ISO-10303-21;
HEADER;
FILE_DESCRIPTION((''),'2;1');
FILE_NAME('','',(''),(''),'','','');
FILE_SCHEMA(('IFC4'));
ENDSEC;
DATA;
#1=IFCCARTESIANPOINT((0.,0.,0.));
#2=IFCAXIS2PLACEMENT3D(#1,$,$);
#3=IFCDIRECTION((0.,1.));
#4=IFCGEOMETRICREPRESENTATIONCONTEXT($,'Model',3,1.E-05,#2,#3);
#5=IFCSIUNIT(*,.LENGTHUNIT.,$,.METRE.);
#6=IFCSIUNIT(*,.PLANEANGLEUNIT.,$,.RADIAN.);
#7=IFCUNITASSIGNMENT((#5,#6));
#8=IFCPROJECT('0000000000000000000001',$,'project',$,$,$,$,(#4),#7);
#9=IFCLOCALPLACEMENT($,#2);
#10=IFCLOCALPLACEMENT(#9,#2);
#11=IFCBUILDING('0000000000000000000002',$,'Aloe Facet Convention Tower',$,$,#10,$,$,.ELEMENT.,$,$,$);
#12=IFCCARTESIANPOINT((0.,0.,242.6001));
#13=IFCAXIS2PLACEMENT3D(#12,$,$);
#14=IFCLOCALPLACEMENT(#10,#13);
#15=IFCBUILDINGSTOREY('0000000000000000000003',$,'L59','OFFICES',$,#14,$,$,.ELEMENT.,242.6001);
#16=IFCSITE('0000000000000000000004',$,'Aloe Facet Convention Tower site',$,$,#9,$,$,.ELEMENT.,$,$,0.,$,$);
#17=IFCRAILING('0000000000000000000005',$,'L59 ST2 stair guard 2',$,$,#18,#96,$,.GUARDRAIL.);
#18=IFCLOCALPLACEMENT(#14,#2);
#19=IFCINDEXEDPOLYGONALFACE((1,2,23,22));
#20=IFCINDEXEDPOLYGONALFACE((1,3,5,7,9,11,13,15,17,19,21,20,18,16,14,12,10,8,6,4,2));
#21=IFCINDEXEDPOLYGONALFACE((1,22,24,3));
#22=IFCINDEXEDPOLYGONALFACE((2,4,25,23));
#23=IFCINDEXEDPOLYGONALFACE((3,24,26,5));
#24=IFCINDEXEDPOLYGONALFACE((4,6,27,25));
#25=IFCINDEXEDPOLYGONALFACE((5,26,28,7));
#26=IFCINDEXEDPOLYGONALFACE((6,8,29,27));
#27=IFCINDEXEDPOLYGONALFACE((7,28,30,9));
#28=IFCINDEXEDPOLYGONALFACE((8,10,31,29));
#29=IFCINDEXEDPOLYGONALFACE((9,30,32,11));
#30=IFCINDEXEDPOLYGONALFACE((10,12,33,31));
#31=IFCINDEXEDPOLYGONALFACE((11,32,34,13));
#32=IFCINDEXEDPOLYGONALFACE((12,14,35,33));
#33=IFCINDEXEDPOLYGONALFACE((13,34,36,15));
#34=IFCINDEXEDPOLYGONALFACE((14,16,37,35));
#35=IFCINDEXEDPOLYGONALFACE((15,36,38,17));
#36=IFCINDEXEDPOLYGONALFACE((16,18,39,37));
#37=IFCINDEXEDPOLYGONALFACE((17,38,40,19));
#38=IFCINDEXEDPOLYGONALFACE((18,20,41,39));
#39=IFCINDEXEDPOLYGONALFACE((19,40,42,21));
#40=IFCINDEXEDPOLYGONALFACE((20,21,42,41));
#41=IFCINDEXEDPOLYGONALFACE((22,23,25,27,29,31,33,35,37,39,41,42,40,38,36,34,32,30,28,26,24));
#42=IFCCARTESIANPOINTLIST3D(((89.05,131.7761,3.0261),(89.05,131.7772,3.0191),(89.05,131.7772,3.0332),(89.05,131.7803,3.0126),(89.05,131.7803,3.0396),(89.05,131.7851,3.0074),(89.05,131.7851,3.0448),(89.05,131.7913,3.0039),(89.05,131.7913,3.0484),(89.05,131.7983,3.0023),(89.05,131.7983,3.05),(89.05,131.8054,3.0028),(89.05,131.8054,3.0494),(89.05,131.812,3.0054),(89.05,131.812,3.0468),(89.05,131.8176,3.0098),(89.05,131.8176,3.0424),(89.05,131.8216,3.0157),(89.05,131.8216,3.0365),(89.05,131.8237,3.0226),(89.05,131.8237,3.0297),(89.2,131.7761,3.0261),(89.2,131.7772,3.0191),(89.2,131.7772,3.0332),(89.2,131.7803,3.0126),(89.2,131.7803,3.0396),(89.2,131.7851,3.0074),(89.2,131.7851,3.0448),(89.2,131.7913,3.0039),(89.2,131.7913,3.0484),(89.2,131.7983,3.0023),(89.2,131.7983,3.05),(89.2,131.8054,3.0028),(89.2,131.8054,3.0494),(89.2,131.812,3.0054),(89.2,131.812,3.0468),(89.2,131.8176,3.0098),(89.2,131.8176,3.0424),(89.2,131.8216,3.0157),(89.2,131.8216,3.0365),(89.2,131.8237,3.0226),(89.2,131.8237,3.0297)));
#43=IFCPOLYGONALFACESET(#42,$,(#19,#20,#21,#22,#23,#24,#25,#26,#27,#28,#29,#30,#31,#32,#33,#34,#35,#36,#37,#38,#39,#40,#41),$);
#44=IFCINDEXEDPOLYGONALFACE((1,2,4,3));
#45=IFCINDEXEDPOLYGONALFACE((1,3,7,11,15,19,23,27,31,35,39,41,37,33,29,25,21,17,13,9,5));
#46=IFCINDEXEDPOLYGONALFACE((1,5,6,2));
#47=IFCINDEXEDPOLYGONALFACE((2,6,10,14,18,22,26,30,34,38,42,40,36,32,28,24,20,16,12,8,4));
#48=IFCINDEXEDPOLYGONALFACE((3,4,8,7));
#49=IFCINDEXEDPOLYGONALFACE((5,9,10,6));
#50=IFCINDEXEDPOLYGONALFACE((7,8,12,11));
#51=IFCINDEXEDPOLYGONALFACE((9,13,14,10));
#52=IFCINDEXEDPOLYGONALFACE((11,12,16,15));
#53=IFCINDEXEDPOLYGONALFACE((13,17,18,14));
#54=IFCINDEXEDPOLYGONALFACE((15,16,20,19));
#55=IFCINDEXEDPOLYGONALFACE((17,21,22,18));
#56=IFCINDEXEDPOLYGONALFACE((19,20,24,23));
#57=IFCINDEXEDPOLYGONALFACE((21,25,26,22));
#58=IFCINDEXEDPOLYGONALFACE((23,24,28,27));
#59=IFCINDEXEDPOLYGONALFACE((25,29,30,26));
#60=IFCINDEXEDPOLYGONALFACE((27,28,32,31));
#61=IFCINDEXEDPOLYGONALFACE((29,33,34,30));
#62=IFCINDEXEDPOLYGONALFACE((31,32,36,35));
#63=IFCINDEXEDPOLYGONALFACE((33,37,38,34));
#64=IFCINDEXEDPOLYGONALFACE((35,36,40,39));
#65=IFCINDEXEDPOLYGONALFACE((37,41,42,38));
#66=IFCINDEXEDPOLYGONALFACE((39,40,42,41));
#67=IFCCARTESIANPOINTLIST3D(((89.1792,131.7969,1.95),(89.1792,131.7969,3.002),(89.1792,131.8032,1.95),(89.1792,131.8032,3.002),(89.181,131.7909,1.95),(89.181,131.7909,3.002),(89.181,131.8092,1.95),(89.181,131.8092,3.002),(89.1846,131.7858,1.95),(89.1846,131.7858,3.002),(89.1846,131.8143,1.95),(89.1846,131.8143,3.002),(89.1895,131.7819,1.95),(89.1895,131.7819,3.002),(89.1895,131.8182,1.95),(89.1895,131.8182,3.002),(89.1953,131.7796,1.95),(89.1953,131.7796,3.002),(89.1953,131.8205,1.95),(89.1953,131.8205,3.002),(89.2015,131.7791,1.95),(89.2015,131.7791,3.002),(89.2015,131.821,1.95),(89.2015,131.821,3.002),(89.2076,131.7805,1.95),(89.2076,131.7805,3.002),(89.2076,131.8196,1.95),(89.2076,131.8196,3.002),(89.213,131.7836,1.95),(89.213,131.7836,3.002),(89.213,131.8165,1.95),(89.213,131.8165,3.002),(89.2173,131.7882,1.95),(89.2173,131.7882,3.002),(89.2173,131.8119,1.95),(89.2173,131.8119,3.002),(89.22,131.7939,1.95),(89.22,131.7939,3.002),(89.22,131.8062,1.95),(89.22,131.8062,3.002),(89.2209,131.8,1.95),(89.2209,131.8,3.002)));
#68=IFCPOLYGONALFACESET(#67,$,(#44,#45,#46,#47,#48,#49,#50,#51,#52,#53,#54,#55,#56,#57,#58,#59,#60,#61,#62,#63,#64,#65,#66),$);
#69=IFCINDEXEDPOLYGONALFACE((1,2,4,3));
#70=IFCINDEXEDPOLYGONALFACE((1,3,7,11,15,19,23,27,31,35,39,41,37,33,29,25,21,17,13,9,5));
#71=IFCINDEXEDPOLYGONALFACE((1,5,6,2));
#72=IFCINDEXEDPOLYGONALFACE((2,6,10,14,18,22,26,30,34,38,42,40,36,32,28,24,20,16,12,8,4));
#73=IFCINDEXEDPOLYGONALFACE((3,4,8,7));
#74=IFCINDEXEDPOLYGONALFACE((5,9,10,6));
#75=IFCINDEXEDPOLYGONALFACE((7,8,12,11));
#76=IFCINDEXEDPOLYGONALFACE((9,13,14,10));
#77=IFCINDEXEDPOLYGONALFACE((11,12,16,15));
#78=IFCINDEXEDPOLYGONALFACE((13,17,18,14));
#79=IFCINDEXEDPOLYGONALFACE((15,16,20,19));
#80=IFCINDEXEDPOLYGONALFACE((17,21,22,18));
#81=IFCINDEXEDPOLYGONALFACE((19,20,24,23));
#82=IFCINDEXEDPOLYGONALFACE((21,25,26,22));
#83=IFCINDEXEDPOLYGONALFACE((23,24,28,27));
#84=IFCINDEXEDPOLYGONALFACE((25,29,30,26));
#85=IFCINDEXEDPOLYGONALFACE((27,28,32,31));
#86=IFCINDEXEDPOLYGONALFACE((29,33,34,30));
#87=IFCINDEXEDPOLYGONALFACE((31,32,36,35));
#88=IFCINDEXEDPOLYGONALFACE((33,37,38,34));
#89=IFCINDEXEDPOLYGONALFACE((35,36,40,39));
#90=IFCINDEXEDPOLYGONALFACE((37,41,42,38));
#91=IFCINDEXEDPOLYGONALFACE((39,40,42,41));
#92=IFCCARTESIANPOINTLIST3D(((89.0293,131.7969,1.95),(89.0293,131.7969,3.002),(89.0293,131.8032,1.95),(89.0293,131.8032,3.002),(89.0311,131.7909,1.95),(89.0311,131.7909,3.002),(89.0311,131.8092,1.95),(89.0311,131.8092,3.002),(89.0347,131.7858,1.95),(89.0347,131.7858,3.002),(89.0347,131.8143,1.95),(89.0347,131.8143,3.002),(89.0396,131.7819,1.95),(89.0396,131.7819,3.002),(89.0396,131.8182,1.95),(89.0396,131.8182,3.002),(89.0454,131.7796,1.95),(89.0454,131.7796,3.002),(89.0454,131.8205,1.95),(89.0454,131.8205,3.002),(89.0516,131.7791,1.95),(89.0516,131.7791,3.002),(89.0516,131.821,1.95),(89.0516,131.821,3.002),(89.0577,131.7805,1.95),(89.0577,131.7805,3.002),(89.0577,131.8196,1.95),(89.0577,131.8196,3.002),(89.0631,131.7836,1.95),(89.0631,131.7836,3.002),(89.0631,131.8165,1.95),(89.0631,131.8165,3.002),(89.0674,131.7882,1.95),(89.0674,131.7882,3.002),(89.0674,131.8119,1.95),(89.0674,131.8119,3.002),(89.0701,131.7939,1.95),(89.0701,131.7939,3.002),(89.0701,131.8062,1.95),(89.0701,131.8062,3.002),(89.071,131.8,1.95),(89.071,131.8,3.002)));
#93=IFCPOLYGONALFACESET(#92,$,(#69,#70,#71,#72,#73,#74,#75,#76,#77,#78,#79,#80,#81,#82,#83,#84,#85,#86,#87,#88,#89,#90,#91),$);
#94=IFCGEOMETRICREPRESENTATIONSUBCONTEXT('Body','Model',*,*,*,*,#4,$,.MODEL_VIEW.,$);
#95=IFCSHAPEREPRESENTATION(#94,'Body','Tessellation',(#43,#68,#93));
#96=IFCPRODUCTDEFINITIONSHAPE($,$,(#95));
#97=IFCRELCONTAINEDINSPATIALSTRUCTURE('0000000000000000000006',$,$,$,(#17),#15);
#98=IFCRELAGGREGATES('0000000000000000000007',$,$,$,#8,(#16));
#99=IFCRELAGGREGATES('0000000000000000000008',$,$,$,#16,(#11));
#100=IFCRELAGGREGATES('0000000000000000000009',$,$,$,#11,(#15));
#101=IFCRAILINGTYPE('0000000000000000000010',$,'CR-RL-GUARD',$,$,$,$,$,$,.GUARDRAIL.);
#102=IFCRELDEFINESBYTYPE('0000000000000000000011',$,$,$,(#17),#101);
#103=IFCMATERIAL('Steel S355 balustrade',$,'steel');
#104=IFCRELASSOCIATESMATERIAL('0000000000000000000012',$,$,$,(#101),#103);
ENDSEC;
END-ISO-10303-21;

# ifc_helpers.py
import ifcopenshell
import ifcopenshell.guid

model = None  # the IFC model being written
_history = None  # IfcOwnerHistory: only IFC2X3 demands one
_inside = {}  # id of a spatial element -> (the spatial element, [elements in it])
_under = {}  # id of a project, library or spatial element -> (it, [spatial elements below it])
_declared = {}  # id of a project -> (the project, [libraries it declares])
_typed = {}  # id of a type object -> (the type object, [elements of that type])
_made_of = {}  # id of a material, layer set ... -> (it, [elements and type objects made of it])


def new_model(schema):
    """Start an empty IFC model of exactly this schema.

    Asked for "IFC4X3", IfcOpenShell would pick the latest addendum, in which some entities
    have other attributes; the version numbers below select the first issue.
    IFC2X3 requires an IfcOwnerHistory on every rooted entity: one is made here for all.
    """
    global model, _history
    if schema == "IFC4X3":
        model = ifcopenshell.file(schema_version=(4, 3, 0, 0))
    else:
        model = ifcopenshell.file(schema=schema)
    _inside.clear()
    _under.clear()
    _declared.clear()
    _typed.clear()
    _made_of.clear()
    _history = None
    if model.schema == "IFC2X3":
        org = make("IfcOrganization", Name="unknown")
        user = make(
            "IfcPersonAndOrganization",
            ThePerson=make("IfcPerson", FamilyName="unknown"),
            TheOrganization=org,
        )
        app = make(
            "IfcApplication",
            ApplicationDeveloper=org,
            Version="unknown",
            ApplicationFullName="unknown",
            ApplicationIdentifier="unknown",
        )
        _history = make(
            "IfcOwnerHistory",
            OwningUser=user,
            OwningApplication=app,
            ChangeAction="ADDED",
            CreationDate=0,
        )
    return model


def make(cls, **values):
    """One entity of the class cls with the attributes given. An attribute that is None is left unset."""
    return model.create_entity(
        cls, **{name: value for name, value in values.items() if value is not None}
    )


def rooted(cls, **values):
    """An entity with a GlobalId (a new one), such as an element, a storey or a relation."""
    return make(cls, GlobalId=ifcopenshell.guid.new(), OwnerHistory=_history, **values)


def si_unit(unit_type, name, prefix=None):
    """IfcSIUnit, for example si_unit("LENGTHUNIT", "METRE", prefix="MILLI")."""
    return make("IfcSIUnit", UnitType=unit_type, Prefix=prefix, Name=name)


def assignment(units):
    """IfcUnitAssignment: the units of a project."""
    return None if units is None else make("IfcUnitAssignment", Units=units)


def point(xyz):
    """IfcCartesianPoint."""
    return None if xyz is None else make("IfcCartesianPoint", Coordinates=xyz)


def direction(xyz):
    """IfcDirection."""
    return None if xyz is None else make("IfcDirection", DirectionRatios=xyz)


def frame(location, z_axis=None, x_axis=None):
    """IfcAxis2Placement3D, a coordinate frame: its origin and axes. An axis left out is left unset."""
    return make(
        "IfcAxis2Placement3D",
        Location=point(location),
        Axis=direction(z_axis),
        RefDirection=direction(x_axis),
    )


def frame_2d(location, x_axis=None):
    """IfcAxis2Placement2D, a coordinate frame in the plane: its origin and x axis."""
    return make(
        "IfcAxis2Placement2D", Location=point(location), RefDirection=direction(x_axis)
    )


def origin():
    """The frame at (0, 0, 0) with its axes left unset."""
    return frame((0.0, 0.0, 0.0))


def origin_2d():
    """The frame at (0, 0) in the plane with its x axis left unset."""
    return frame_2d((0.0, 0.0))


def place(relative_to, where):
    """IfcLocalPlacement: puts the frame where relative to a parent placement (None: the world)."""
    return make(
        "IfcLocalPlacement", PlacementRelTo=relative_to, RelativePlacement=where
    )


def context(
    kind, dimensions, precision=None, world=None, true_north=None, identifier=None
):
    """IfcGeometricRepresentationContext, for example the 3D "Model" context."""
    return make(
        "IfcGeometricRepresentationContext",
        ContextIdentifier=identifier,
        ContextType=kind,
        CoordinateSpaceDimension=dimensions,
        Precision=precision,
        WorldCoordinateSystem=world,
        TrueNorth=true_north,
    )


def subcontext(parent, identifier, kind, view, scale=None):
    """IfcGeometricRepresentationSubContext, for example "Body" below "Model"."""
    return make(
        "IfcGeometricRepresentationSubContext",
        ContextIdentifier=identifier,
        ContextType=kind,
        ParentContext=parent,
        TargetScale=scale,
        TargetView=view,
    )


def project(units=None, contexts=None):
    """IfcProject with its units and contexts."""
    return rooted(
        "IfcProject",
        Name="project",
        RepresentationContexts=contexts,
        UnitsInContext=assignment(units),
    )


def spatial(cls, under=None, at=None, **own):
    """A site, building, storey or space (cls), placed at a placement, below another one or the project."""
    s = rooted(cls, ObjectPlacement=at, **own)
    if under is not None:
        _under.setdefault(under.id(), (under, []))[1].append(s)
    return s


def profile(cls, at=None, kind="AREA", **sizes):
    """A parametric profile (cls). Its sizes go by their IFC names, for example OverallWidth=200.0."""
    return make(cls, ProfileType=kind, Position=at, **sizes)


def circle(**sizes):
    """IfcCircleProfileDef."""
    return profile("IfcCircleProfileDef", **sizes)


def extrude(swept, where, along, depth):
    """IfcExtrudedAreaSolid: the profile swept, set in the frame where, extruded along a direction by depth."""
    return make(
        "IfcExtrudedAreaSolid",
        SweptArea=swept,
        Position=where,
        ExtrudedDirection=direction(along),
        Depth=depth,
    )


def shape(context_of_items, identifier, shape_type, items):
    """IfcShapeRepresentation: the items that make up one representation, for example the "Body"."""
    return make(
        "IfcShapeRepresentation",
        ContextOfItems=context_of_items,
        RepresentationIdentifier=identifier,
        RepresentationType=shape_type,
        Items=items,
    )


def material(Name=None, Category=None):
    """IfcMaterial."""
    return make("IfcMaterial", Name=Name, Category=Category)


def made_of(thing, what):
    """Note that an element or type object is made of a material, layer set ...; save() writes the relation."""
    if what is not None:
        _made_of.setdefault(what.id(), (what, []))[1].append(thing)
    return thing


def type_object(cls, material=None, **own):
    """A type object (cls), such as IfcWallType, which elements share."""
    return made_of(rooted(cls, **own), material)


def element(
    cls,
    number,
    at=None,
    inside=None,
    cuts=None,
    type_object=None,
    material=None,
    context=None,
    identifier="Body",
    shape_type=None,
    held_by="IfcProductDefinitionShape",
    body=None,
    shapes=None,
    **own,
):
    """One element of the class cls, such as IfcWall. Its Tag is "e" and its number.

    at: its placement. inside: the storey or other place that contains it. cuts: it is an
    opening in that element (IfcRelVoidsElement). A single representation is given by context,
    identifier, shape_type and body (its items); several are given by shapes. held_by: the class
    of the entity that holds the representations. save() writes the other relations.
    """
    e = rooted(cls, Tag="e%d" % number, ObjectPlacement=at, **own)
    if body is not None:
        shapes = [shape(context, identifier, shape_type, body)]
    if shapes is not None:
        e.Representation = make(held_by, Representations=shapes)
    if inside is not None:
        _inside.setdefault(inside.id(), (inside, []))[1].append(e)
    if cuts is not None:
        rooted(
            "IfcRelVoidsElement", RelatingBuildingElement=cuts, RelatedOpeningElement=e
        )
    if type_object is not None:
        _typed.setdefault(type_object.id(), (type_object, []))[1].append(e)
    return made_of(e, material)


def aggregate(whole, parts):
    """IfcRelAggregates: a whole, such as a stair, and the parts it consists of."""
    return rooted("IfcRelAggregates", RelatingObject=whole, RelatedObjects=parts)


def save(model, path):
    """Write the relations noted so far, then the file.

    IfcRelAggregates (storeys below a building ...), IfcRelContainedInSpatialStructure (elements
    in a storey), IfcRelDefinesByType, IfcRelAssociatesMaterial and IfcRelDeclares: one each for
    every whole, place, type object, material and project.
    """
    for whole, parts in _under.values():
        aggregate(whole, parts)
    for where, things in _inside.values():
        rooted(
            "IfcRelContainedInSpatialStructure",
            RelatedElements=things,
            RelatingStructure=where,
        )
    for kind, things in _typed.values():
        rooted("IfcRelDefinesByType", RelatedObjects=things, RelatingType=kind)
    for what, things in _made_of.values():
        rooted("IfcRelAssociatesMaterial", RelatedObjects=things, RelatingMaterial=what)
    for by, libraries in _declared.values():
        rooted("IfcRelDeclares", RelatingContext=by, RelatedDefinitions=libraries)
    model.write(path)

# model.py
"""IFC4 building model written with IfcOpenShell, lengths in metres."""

from ifc_helpers import new_model, si_unit, direction, frame, origin, origin_2d, place, context, subcontext, project, spatial, circle, extrude, material, type_object, element, save


model = new_model("IFC4")

# Units and contexts
model_context = context("Model", 3, precision=1e-05, world=origin(), true_north=direction((0.0, 1.0)))
body_context = subcontext(model_context, "Body", "Model", "MODEL_VIEW")
ifc_project = project(units=[si_unit("LENGTHUNIT", "METRE"), si_unit("PLANEANGLEUNIT", "RADIAN")], contexts=[model_context])

# Site, building, storey
site_placement = place(None, origin())
site = spatial("IfcSite", under=ifc_project, at=site_placement, Name="Aloe Facet Convention Tower site", CompositionType="ELEMENT", RefElevation=0.0)
building_placement = place(site_placement, origin())
building = spatial("IfcBuilding", under=site, at=building_placement, Name="Aloe Facet Convention Tower", CompositionType="ELEMENT")
storey_placement = place(building_placement, frame((0.0, 0.0, 242.6001)))
storey = spatial("IfcBuildingStorey", under=building, at=storey_placement, Name="L59", Description="OFFICES", CompositionType="ELEMENT", Elevation=242.6001)

# Railing
ifc_material_1 = material(Name="Steel S355 balustrade", Category="steel")
railing_type_1 = type_object("IfcRailingType", Name="CR-RL-GUARD", PredefinedType="GUARDRAIL", material=ifc_material_1)
railing_1_placement = place(storey_placement, frame((89.2, 131.8, 1.95)))
element("IfcRailing", 1, at=railing_1_placement, inside=storey, type_object=railing_type_1, Name="L59 ST2 stair guard 2", PredefinedType="GUARDRAIL", context=body_context, shape_type="SweptSolid", body=[
    extrude(circle(Radius=0.0239, at=origin_2d()), frame((0.0, 0.0, 1.0762), z_axis=(-1.0, 0.0, 0.0), x_axis=(0.0, -1.0, 0.0)), (0.0, 0.0, 1.0), 0.1499),
    extrude(circle(Radius=0.021, at=origin_2d()), origin(), (0.0, 0.0, 1.0), 1.052),
    extrude(circle(Radius=0.021, at=origin_2d()), frame((-0.1499, 0.0, 0.0)), (0.0, 0.0, 1.0), 1.052),
])

save(model, "model.ifc")
